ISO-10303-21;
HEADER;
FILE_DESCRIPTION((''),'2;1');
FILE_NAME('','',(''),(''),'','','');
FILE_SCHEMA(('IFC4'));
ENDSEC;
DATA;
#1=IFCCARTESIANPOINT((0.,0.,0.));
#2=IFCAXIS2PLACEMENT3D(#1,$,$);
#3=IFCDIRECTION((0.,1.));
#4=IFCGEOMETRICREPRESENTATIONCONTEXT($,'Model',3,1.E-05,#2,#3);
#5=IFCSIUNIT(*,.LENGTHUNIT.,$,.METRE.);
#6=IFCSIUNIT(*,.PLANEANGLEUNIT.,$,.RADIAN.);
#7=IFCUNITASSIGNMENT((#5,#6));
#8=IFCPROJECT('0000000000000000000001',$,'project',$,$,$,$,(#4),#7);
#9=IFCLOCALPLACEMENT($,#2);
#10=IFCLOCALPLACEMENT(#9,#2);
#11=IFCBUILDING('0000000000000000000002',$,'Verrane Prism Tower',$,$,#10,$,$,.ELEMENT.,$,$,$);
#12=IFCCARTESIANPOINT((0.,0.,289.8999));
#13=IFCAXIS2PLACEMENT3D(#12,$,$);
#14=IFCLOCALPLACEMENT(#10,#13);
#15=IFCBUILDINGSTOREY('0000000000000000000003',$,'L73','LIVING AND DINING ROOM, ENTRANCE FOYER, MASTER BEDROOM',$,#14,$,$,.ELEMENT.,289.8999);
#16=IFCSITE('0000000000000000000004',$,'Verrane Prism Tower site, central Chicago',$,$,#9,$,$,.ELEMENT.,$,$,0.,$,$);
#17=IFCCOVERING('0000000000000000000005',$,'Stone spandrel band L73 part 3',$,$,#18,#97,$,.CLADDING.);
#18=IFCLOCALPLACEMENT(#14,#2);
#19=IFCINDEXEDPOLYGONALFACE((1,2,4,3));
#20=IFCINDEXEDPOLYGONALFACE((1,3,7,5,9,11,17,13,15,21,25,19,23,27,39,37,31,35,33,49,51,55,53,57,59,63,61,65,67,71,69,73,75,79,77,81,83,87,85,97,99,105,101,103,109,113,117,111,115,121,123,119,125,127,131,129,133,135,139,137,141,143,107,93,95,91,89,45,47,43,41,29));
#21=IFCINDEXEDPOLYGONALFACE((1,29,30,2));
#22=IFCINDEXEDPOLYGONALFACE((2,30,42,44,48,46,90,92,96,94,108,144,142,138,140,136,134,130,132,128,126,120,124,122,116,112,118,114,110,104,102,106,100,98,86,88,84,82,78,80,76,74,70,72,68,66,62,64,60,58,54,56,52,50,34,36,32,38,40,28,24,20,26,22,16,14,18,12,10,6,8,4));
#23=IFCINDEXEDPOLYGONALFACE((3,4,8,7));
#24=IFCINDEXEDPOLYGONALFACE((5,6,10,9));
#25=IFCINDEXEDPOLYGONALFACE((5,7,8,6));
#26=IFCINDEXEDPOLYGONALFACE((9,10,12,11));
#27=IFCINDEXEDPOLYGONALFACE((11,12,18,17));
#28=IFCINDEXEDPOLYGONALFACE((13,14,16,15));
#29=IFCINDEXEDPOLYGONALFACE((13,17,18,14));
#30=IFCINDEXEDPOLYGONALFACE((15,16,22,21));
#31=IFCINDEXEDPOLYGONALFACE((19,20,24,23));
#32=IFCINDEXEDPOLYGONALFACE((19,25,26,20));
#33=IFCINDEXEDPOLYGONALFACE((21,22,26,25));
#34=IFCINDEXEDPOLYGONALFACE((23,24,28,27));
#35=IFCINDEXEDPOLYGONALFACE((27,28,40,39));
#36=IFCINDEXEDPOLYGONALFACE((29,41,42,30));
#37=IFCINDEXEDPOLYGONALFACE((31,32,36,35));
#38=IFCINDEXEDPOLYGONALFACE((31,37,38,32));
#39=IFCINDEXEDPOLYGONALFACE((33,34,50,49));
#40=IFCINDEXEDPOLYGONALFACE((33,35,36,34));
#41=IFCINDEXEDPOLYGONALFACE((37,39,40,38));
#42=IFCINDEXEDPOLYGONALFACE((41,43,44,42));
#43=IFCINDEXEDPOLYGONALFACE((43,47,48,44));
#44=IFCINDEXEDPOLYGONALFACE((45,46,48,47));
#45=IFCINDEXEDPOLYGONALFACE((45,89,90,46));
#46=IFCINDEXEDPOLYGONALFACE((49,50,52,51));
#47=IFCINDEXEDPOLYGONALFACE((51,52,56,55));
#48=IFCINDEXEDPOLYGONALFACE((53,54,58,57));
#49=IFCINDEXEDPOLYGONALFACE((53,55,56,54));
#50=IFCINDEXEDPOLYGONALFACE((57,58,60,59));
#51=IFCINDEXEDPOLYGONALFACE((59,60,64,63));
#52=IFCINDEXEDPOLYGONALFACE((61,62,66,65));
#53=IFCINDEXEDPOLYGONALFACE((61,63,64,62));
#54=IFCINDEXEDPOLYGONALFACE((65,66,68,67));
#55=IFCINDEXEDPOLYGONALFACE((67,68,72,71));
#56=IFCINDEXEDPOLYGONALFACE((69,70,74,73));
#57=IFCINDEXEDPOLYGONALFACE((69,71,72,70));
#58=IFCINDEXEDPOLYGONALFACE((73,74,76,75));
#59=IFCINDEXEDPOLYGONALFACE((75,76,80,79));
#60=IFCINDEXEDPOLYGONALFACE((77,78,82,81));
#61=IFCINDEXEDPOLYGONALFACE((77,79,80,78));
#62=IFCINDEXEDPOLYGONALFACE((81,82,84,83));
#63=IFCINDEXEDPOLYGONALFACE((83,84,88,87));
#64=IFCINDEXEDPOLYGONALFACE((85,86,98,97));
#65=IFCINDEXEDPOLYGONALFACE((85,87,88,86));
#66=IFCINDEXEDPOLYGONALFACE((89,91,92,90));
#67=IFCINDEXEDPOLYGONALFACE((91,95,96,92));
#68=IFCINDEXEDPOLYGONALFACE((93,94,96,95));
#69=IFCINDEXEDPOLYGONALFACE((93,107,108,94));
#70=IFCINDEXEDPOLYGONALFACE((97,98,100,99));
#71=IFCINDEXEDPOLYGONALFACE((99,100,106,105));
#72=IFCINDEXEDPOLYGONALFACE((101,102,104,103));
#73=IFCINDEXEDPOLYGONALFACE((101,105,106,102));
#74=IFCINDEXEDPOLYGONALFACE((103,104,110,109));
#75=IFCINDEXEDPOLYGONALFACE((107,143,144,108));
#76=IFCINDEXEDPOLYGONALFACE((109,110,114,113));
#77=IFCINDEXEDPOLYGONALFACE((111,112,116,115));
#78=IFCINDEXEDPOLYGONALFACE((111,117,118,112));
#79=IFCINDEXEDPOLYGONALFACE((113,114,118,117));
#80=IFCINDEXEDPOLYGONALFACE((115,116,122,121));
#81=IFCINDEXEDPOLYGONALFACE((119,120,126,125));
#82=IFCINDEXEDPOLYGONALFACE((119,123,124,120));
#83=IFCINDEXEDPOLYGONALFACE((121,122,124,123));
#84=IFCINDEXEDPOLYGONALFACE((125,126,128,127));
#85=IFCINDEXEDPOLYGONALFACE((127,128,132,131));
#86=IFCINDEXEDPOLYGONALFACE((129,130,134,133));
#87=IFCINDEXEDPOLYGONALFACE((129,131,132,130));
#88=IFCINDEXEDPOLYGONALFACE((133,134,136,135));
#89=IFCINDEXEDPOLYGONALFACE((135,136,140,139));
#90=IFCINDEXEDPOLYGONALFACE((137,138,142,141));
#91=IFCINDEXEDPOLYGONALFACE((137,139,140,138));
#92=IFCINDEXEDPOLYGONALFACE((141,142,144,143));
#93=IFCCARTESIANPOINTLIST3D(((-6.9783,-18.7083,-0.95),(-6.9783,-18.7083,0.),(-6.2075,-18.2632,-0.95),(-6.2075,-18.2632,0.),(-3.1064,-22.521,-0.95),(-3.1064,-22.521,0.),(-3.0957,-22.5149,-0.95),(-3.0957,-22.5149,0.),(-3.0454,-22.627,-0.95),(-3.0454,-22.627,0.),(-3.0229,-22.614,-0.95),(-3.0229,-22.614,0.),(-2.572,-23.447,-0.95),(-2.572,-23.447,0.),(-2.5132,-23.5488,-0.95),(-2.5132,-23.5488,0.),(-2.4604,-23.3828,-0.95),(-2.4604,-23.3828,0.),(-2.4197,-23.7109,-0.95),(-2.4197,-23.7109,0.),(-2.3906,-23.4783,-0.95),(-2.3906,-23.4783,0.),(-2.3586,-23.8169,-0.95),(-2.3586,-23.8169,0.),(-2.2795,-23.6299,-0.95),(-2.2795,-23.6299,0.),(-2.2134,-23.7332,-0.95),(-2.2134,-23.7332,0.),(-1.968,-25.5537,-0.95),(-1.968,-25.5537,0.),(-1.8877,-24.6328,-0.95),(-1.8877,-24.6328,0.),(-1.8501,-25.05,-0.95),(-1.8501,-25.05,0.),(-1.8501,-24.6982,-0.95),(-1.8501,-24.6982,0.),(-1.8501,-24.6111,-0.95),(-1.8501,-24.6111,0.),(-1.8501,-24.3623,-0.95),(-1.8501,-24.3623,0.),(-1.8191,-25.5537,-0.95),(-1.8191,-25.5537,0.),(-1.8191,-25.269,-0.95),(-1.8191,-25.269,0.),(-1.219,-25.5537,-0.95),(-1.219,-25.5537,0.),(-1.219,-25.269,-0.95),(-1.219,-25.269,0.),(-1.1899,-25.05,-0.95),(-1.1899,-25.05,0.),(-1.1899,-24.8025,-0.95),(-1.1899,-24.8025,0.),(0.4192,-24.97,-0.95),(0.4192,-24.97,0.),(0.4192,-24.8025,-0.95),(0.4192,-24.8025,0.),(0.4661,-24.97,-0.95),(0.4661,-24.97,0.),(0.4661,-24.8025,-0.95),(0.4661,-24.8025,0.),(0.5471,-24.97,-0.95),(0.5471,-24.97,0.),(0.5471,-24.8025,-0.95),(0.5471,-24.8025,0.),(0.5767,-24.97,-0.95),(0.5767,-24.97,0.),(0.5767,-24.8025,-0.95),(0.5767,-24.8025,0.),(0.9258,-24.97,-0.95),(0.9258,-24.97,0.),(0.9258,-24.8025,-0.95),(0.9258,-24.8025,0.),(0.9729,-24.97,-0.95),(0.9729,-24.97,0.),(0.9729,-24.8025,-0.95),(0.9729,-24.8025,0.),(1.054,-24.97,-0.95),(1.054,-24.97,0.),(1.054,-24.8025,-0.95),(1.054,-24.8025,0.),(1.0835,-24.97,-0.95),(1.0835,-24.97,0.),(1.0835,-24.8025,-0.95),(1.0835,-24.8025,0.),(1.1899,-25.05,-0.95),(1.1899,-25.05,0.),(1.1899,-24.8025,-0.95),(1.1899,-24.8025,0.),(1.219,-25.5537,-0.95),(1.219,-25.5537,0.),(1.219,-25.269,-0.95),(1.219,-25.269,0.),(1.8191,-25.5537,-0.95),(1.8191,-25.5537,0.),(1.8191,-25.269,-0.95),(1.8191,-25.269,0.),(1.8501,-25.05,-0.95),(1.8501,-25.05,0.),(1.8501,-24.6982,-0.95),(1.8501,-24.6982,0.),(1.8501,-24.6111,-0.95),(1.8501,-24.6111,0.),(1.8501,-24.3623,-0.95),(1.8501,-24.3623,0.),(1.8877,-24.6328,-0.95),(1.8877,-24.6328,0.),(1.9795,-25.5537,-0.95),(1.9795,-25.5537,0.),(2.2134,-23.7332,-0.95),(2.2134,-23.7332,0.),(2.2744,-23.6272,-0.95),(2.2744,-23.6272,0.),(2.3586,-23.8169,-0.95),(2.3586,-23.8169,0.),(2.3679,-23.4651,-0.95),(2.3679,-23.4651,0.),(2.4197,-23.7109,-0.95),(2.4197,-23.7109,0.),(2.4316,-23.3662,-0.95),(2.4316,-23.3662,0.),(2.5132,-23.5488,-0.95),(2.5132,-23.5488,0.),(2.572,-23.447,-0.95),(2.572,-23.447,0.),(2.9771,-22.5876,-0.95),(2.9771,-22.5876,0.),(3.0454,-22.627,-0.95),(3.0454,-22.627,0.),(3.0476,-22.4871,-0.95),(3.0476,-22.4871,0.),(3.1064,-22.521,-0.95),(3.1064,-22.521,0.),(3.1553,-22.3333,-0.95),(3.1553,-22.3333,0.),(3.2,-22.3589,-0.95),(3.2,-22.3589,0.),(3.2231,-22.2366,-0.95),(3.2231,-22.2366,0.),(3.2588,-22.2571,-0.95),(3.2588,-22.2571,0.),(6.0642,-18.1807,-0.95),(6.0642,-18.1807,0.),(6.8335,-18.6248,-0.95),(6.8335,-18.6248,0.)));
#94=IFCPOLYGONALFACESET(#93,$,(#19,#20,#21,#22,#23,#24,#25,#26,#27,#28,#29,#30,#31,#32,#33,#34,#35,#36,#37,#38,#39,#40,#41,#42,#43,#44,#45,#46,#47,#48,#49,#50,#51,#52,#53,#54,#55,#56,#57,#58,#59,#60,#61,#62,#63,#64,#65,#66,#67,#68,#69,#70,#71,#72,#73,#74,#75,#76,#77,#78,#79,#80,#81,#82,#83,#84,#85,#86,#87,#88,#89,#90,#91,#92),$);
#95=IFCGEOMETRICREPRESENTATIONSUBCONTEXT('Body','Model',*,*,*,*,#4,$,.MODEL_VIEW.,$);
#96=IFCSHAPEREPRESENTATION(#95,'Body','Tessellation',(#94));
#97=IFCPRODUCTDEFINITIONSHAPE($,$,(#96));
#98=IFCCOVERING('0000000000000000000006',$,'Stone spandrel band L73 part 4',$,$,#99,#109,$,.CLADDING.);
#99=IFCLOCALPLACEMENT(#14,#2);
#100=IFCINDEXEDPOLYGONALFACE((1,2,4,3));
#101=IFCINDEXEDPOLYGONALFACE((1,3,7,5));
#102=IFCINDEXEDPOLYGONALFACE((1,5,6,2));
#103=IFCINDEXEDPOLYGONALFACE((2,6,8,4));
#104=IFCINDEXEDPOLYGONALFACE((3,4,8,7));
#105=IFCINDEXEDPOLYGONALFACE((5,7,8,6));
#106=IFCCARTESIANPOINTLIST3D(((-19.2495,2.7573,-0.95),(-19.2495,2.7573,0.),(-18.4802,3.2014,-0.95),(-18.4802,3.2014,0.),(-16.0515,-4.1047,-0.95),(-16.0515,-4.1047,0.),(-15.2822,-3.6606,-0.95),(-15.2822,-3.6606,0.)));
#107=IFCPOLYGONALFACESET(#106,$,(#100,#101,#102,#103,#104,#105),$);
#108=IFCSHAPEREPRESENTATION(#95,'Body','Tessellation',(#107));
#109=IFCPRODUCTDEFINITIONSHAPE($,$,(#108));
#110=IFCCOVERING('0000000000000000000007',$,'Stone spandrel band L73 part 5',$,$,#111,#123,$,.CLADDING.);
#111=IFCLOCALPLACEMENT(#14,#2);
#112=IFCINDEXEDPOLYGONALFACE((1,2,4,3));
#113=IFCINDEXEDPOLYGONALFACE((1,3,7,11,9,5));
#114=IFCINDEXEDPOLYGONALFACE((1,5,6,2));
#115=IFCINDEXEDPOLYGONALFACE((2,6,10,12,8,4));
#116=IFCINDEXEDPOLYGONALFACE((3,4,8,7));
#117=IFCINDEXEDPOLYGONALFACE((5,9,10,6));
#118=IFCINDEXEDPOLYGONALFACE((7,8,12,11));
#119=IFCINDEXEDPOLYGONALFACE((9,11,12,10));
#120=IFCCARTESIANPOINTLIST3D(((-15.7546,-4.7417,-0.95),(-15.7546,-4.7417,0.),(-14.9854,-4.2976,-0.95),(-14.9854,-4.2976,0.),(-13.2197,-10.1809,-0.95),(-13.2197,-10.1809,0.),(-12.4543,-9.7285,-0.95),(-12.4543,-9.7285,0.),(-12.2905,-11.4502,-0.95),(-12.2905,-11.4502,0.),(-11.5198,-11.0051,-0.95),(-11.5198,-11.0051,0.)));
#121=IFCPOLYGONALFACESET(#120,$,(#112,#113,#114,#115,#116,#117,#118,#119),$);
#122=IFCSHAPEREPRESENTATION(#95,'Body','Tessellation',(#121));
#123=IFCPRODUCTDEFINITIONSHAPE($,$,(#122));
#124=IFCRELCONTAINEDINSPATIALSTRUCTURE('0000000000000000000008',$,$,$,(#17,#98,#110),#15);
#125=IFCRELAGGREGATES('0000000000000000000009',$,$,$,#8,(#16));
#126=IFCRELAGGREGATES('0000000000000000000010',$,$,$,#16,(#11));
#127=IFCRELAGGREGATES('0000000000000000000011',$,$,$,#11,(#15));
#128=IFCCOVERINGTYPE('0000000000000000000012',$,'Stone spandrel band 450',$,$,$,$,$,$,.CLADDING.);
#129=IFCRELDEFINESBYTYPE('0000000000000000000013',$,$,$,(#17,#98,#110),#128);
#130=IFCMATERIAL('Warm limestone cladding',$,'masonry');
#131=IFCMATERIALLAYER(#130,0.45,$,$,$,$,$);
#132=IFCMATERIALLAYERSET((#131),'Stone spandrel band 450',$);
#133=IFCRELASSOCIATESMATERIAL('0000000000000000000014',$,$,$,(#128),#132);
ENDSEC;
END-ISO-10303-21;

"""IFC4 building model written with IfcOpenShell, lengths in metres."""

from ifc_helpers import new_model, si_unit, direction, frame, origin, place, context, subcontext, project, spatial, polyline, outline, extrude, material, layer, layer_set, type_object, element, save


model = new_model("IFC4")

# Units and contexts
model_context = context("Model", 3, precision=1e-05, world=origin(), true_north=direction((0.0, 1.0)))
body_context = subcontext(model_context, "Body", "Model", "MODEL_VIEW")
ifc_project = project(units=[si_unit("LENGTHUNIT", "METRE"), si_unit("PLANEANGLEUNIT", "RADIAN")], contexts=[model_context])

# Site, building, storey
site_placement = place(None, origin())
site = spatial("IfcSite", under=ifc_project, at=site_placement, Name="Verrane Prism Tower site, central Chicago", CompositionType="ELEMENT", RefElevation=0.0)
building_placement = place(site_placement, origin())
building = spatial("IfcBuilding", under=site, at=building_placement, Name="Verrane Prism Tower", CompositionType="ELEMENT")
storey_placement = place(building_placement, frame((0.0, 0.0, 289.8999)))
storey = spatial("IfcBuildingStorey", under=building, at=storey_placement, Name="L73", Description="LIVING AND DINING ROOM, ENTRANCE FOYER, MASTER BEDROOM", CompositionType="ELEMENT", Elevation=289.8999)

# Coverings
ifc_material_1 = material(Name="Warm limestone cladding", Category="masonry")
ifc_layer_1 = layer(ifc_material_1, 0.45)
ifc_layer_set_1 = layer_set([ifc_layer_1], Name="Stone spandrel band 450")
covering_type = type_object("IfcCoveringType", Name="Stone spandrel band 450", PredefinedType="CLADDING", material=ifc_layer_set_1)
covering_1_placement = place(storey_placement, frame((0.0, 0.0, -0.95)))
element("IfcCovering", 1, at=covering_1_placement, inside=storey, type_object=covering_type, Name="Stone spandrel band L73 part 3", PredefinedType="CLADDING", context=body_context, shape_type="SweptSolid", body=[
    extrude(outline(polyline([(1.9795, -25.5537), (6.8335, -18.6248), (6.0642, -18.1807), (3.2231, -22.2366), (3.2588, -22.2571), (3.2, -22.3589), (3.1553, -22.3333), (3.0476, -22.4871), (3.1064, -22.521), (3.0454, -22.627), (2.9771, -22.5876), (2.4316, -23.3662), (2.572, -23.447), (2.5132, -23.5488), (2.3679, -23.4651), (2.2744, -23.6272), (2.4197, -23.7109), (2.3586, -23.8169), (2.2134, -23.7332), (1.8501, -24.3623), (1.8501, -24.6111), (1.8877, -24.6328), (1.8501, -24.6982), (1.8501, -25.05), (1.1899, -25.05), (1.1899, -24.8025), (1.0835, -24.8025), (1.0835, -24.97), (1.054, -24.97), (1.054, -24.8025), (0.9729, -24.8025), (0.9729, -24.97), (0.9258, -24.97), (0.9258, -24.8025), (0.5767, -24.8025), (0.5767, -24.97), (0.5471, -24.97), (0.5471, -24.8025), (0.4661, -24.8025), (0.4661, -24.97), (0.4192, -24.97), (0.4192, -24.8025), (-1.1899, -24.8025), (-1.1899, -25.05), (-1.8501, -25.05), (-1.8501, -24.6982), (-1.8877, -24.6328), (-1.8501, -24.6111), (-1.8501, -24.3623), (-2.2134, -23.7332), (-2.3586, -23.8169), (-2.4197, -23.7109), (-2.2795, -23.6299), (-2.3906, -23.4783), (-2.5132, -23.5488), (-2.572, -23.447), (-2.4604, -23.3828), (-3.0229, -22.614), (-3.0454, -22.627), (-3.1064, -22.521), (-3.0957, -22.5149), (-6.2075, -18.2632), (-6.9783, -18.7083), (-1.968, -25.5537), (-1.8191, -25.5537), (-1.8191, -25.269), (-1.219, -25.269), (-1.219, -25.5537), (1.219, -25.5537), (1.219, -25.269), (1.8191, -25.269), (1.8191, -25.5537), (1.9795, -25.5537)])), origin(), (0.0, 0.0, 1.0), 0.95),
])
covering_2_placement = place(storey_placement, frame((0.0, 0.0, -0.95)))
element("IfcCovering", 2, at=covering_2_placement, inside=storey, type_object=covering_type, Name="Stone spandrel band L73 part 4", PredefinedType="CLADDING", context=body_context, shape_type="SweptSolid", body=[
    extrude(outline(polyline([(-15.2822, -3.6606), (-18.4802, 3.2014), (-19.2495, 2.7573), (-16.0515, -4.1047), (-15.2822, -3.6606)])), origin(), (0.0, 0.0, 1.0), 0.95),
])
covering_3_placement = place(storey_placement, frame((0.0, 0.0, -0.95)))
element("IfcCovering", 3, at=covering_3_placement, inside=storey, type_object=covering_type, Name="Stone spandrel band L73 part 5", PredefinedType="CLADDING", context=body_context, shape_type="SweptSolid", body=[
    extrude(outline(polyline([(-12.2905, -11.4502), (-11.5198, -11.0051), (-12.4543, -9.7285), (-14.9854, -4.2976), (-15.7546, -4.7417), (-13.2197, -10.1809), (-12.2905, -11.4502)])), origin(), (0.0, 0.0, 1.0), 0.95),
])

save(model, "model.ifc")
